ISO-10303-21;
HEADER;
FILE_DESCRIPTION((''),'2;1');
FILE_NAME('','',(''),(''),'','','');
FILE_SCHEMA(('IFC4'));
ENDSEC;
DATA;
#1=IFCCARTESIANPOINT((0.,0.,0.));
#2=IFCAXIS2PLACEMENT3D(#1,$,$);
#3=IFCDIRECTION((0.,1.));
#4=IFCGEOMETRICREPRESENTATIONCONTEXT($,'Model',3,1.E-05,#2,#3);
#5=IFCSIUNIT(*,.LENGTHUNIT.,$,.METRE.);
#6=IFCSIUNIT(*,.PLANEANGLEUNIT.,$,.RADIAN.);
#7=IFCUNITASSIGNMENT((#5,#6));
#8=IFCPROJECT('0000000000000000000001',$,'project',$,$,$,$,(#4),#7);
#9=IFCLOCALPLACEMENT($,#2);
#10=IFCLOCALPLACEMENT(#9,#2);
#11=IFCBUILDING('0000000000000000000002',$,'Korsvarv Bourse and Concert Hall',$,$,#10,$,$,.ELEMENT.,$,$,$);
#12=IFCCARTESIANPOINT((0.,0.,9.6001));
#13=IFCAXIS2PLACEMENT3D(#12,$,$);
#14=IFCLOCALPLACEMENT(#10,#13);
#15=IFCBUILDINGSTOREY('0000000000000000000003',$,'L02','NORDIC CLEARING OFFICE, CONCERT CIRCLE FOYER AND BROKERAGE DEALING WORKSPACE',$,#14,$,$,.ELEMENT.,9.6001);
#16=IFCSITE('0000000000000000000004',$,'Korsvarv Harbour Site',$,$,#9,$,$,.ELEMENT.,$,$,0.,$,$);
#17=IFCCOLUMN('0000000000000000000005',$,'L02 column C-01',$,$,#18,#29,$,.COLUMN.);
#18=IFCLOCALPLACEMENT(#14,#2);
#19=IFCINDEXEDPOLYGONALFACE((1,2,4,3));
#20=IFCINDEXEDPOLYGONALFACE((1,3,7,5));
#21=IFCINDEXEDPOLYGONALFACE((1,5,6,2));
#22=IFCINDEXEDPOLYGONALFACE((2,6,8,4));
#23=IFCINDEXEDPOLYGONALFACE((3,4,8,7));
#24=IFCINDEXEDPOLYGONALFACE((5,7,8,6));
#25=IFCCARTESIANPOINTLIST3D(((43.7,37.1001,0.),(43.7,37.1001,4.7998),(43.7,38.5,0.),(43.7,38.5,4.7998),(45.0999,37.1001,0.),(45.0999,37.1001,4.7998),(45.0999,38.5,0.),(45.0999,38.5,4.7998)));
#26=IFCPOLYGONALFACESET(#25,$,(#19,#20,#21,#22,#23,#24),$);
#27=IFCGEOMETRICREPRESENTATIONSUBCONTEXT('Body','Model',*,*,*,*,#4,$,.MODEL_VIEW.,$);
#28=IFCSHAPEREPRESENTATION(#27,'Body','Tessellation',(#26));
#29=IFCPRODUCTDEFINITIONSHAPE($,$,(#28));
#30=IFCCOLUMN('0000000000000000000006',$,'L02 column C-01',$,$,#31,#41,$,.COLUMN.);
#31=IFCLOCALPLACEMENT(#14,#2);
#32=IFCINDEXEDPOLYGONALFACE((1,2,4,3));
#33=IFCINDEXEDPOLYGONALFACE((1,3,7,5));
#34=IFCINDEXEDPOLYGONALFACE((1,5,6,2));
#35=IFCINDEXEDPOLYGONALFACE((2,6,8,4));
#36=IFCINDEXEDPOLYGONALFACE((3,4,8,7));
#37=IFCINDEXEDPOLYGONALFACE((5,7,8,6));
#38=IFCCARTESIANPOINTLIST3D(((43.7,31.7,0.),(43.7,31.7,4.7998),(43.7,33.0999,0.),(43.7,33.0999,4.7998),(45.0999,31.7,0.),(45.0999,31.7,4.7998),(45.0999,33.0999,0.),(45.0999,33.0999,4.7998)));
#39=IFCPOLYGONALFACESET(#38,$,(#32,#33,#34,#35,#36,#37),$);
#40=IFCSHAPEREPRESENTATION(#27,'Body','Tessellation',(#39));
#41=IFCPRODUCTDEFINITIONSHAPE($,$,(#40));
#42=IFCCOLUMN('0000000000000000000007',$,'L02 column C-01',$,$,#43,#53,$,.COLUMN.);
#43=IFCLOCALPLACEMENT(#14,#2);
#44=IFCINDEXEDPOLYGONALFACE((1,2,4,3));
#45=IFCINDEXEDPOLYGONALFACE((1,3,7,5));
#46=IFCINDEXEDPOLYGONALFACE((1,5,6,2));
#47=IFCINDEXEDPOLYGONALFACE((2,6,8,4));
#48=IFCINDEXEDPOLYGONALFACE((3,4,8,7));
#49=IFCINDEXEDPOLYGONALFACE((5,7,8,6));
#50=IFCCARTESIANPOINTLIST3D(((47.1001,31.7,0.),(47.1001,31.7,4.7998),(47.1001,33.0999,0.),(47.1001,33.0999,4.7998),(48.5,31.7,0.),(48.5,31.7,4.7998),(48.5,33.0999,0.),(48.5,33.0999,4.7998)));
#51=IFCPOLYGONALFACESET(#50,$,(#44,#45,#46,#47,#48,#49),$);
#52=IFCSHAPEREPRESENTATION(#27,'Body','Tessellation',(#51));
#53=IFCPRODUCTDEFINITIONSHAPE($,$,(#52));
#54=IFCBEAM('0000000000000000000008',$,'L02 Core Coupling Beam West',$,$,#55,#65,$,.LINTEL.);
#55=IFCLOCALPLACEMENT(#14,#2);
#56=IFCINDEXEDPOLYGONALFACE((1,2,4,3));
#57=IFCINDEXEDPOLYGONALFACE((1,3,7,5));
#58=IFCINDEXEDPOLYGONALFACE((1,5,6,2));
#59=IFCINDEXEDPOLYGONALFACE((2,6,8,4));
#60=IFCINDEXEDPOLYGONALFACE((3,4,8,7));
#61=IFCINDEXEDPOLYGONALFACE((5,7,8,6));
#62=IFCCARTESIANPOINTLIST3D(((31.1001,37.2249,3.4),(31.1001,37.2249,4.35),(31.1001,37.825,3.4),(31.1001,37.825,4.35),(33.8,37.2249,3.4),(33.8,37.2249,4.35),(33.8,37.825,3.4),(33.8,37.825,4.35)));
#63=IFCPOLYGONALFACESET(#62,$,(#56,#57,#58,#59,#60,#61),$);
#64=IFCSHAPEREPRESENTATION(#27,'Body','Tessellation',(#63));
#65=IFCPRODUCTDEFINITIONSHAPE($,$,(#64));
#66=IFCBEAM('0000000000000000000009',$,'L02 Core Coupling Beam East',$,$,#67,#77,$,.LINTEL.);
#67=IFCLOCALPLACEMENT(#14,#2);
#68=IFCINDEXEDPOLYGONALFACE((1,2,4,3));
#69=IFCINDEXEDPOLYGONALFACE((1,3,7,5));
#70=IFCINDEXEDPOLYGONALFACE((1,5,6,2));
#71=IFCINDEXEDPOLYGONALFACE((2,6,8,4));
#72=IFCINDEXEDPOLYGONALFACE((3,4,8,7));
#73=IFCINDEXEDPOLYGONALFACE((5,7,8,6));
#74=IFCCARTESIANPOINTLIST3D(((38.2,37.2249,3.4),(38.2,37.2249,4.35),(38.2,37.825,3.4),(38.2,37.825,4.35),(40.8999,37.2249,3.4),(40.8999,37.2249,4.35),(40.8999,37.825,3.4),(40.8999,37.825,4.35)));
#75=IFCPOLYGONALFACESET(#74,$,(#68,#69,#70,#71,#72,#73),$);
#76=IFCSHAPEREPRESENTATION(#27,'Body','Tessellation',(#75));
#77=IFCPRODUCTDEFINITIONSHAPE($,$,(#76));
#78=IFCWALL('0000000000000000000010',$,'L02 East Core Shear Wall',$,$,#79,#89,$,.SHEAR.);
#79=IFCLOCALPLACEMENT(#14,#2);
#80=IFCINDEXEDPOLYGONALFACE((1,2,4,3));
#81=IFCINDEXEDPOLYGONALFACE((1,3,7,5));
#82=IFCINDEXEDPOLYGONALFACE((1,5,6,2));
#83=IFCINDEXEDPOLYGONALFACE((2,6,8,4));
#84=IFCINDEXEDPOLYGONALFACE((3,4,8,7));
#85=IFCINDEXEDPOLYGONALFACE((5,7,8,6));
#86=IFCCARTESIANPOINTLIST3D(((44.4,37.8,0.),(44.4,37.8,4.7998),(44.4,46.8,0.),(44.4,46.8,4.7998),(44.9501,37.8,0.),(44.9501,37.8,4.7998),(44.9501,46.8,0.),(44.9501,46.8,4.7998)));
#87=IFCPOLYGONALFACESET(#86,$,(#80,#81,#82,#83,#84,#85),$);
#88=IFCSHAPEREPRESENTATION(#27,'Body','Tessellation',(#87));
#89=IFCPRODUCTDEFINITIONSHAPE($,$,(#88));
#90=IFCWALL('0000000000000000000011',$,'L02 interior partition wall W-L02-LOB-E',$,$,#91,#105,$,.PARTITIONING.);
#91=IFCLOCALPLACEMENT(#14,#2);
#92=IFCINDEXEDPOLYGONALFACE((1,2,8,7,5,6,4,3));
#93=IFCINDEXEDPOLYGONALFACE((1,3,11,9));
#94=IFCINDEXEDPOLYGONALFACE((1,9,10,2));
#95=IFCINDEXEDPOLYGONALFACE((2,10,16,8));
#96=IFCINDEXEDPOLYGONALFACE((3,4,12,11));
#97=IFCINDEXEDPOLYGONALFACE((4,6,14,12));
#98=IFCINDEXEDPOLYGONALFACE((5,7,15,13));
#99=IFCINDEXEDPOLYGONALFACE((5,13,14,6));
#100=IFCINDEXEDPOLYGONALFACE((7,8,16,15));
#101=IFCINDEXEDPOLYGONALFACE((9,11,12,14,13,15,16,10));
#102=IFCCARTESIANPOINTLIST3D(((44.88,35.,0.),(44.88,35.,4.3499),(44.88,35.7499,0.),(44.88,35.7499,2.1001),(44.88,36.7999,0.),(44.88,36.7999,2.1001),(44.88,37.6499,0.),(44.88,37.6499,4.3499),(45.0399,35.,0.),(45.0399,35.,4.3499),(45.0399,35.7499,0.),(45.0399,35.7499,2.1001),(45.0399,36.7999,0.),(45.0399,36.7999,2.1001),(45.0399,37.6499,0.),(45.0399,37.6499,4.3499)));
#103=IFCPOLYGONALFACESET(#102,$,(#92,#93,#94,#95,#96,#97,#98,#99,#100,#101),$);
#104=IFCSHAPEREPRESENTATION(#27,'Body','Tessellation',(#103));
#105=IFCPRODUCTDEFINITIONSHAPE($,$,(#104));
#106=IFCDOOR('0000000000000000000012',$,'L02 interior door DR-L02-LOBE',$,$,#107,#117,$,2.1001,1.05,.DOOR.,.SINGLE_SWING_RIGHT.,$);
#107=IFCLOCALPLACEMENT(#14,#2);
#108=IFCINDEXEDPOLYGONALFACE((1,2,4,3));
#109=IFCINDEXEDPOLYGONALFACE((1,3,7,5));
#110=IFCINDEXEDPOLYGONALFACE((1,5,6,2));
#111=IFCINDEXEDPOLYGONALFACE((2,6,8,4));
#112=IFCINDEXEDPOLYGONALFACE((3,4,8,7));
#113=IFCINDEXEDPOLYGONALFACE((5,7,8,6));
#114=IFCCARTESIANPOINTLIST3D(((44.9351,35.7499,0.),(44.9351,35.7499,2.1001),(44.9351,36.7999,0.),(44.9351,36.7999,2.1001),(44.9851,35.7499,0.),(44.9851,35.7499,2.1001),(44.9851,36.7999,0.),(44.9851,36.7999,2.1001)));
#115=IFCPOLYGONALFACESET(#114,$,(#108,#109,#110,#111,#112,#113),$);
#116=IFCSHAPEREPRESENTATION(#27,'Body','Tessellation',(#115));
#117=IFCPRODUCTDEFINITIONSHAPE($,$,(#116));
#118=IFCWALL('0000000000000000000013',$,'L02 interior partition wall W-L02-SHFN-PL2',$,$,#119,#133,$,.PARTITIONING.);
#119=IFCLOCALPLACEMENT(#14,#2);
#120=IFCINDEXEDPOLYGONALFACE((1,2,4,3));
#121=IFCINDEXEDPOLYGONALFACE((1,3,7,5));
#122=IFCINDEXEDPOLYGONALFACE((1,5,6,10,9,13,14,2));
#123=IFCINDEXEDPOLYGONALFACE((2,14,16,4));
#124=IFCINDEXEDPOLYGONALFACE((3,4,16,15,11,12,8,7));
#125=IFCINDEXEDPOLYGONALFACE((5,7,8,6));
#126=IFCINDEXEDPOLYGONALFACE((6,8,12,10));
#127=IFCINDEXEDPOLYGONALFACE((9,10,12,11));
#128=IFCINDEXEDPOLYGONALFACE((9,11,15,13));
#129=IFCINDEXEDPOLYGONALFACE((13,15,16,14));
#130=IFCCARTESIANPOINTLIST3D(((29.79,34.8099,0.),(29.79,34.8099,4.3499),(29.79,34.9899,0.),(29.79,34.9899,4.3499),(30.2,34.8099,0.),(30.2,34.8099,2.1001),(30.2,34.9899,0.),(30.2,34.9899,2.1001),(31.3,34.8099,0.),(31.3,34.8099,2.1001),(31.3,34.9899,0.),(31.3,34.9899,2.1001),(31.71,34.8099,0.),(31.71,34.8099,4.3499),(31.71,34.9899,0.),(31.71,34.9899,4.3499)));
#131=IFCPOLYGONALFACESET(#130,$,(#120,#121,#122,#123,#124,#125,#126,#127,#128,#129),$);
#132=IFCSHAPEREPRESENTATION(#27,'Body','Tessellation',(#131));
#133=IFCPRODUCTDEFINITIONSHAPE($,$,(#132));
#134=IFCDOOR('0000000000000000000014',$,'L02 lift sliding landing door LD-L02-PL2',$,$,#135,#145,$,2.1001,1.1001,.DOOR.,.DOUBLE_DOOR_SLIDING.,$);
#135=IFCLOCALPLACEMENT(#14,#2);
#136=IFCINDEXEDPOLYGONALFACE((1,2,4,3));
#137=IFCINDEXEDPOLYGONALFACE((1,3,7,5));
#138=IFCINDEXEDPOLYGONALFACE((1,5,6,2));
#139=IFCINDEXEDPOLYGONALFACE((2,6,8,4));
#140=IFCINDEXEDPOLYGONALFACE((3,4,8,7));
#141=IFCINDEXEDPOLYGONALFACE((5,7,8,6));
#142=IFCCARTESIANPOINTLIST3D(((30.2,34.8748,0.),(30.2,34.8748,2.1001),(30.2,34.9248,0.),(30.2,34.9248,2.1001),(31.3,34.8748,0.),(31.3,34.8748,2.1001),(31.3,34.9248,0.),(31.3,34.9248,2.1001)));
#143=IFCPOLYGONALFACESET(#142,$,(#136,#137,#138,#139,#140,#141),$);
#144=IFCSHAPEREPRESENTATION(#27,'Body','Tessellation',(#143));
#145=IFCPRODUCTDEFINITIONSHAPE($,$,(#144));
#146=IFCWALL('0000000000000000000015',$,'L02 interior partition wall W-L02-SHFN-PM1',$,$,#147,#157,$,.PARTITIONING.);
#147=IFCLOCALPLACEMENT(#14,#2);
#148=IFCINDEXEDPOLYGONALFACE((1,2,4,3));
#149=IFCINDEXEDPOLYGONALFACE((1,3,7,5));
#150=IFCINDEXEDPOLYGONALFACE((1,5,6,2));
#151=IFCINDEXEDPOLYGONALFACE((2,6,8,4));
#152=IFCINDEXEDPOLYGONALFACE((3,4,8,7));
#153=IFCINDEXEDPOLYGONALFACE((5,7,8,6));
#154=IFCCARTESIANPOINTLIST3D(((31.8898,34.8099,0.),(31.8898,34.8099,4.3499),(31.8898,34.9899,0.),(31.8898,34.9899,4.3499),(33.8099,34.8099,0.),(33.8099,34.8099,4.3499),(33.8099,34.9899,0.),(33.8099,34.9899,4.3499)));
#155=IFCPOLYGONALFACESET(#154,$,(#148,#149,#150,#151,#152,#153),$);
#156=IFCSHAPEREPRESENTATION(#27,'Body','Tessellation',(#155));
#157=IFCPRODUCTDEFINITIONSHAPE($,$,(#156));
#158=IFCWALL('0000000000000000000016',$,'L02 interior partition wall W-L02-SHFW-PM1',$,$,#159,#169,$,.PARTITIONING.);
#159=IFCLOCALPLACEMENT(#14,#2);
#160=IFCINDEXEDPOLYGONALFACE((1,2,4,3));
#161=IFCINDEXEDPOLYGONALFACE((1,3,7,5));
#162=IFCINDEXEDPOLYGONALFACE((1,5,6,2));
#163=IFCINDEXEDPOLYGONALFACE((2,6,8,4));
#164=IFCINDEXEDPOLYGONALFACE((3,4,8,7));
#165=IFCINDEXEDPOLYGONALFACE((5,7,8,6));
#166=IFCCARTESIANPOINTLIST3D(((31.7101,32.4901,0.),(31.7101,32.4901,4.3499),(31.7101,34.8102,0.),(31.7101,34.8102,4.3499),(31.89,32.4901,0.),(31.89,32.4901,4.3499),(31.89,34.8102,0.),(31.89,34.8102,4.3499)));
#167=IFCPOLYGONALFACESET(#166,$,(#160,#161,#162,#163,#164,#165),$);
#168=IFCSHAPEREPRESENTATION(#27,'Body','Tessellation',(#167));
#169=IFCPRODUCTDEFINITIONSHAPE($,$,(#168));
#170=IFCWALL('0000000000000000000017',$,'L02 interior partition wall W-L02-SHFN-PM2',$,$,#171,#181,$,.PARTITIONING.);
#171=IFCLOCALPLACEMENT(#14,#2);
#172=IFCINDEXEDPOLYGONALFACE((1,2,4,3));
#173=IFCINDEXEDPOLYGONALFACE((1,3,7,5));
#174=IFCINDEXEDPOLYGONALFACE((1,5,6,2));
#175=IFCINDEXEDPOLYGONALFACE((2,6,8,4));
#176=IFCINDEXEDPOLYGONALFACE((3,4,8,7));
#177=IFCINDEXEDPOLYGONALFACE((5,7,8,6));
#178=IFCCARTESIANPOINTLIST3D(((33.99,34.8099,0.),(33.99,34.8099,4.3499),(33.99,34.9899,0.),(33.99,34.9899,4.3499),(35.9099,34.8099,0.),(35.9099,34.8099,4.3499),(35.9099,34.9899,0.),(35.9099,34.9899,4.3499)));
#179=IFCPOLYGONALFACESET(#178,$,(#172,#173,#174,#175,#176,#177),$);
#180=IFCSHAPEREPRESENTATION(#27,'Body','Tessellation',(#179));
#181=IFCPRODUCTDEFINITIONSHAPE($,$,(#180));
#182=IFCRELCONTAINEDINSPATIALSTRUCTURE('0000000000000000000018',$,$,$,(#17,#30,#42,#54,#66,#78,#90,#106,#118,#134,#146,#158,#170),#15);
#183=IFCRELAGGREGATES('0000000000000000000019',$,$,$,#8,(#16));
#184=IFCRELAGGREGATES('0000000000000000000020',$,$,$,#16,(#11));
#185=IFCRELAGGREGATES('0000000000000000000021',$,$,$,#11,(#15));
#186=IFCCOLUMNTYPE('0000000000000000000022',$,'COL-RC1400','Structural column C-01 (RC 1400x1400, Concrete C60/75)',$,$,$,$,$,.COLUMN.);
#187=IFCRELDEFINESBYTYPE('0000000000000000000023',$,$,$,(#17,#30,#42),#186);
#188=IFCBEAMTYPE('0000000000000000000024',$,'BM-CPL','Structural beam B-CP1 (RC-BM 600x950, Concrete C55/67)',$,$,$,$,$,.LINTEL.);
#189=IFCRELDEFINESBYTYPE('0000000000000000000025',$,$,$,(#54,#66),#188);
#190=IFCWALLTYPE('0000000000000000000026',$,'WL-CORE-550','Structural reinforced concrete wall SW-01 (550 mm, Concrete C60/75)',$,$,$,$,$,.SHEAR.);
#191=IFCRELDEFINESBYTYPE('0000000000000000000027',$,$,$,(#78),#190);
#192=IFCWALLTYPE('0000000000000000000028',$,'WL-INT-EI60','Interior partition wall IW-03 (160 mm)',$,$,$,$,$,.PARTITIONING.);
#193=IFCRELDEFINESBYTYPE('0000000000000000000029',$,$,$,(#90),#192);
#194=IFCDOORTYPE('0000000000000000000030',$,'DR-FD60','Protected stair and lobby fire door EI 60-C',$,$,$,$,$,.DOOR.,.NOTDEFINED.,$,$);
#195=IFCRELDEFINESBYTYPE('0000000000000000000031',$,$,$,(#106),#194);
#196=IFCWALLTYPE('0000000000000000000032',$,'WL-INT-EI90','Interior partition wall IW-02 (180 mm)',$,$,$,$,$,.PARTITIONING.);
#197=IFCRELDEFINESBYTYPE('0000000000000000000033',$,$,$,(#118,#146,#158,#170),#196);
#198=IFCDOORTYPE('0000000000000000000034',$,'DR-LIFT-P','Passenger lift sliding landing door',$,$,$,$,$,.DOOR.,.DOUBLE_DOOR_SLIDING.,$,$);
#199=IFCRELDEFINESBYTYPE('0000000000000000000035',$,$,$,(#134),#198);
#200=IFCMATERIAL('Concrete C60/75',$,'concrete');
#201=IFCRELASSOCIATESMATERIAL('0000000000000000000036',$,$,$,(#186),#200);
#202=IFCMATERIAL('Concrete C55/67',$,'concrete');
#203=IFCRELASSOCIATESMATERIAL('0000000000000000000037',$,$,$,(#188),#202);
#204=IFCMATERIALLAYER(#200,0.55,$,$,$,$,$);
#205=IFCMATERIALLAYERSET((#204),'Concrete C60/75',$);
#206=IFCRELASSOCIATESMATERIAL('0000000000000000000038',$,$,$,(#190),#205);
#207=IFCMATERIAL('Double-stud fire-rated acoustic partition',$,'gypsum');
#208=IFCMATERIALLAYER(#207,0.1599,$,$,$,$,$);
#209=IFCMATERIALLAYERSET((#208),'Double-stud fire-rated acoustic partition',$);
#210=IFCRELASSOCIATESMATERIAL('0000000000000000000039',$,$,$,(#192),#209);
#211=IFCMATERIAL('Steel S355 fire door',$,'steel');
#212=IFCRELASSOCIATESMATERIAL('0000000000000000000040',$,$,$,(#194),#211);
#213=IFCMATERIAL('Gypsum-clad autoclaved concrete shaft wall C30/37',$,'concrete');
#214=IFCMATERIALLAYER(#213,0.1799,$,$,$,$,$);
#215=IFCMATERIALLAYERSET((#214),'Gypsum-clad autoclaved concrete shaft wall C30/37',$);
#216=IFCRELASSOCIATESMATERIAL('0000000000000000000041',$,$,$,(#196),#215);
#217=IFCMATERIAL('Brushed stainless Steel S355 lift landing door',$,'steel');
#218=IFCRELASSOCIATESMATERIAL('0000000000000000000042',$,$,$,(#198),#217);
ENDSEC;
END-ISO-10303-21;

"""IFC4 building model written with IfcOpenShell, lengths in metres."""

from ifc_helpers import new_model, si_unit, direction, frame, frame_2d, origin, origin_2d, place, context, subcontext, project, spatial, rectangle, extrude, source, transform, mapped, material, layer, layer_set, material_profile, profile_set, type_object, element, fill, save


model = new_model("IFC4")

# Units and contexts
model_context = context("Model", 3, precision=1e-05, world=origin(), true_north=direction((0.0, 1.0)))
body_context = subcontext(model_context, "Body", "Model", "MODEL_VIEW")
ifc_project = project(units=[si_unit("LENGTHUNIT", "METRE"), si_unit("PLANEANGLEUNIT", "RADIAN")], contexts=[model_context])

# Site, building, storey
site_placement = place(None, origin())
site = spatial("IfcSite", under=ifc_project, at=site_placement, Name="Korsvarv Harbour Site", CompositionType="ELEMENT", RefElevation=0.0)
building_placement = place(site_placement, origin())
building = spatial("IfcBuilding", under=site, at=building_placement, Name="Korsvarv Bourse and Concert Hall", CompositionType="ELEMENT")
storey_placement = place(building_placement, frame((0.0, 0.0, 9.6001)))
storey = spatial("IfcBuildingStorey", under=building, at=storey_placement, Name="L02", Description="NORDIC CLEARING OFFICE, CONCERT CIRCLE FOYER AND BROKERAGE DEALING WORKSPACE", CompositionType="ELEMENT", Elevation=9.6001)

# Columns
ifc_material_1 = material(Name="Concrete C60/75", Category="concrete")
ifc_material_profile_1 = material_profile(ifc_material_1, rectangle(XDim=1.3999, YDim=1.3999, at=origin_2d()), Name="RC 1400x1400")
ifc_profile_set_1 = profile_set([ifc_material_profile_1], Name="Concrete C60/75")
column_type = type_object("IfcColumnType", Name="COL-RC1400", Description="Structural column C-01 (RC 1400x1400, Concrete C60/75)", PredefinedType="COLUMN", material=ifc_profile_set_1)
shared_shape_1 = source(origin(), body_context, "Body", "SweptSolid", [
    extrude(rectangle(XDim=1.3999, YDim=1.3999, at=origin_2d()), origin(), (0.0, 0.0, 1.0), 4.7998),
])
for number, where, z_axis, x_axis, name in (
    (1, (44.3999, 37.8, 0.0), (0.0, 0.0, 1.0), (1.0, 0.0, 0.0), "L02 column C-01"),
    (2, (44.3999, 32.3999, 0.0), (0.0, 0.0, 1.0), (1.0, 0.0, 0.0), "L02 column C-01"),
    (3, (47.8, 32.3999, 0.0), (0.0, 0.0, 1.0), (1.0, 0.0, 0.0), "L02 column C-01"),
):
    element("IfcColumn", number, at=place(storey_placement, frame(where, z_axis=z_axis, x_axis=x_axis)), inside=storey, type_object=column_type, Name=name, PredefinedType="COLUMN", context=body_context, shape_type="MappedRepresentation", body=[
        mapped(shared_shape_1, transform((0.0, 0.0, 0.0), scale=1.0)),
    ])

# Beams
ifc_material_2 = material(Name="Concrete C55/67", Category="concrete")
ifc_material_profile_2 = material_profile(ifc_material_2, rectangle(XDim=0.6001, YDim=0.95, at=origin_2d()), Name="RC-BM 600x950")
ifc_profile_set_2 = profile_set([ifc_material_profile_2], Name="Concrete C55/67")
beam_type = type_object("IfcBeamType", Name="BM-CPL", Description="Structural beam B-CP1 (RC-BM 600x950, Concrete C55/67)", PredefinedType="LINTEL", material=ifc_profile_set_2)
shared_shape_2 = source(origin(), body_context, "Body", "SweptSolid", [
    extrude(rectangle(XDim=0.6001, YDim=0.95, at=origin_2d()), origin(), (0.0, 0.0, 1.0), 2.7),
])
for number, where, z_axis, x_axis, name in (
    (4, (31.1001, 37.5249, 3.875), (1.0, 0.0, 0.0), (0.0, 1.0, 0.0), "L02 Core Coupling Beam West"),
    (5, (38.2, 37.5249, 3.875), (1.0, 0.0, 0.0), (0.0, 1.0, 0.0), "L02 Core Coupling Beam East"),
):
    element("IfcBeam", number, at=place(storey_placement, frame(where, z_axis=z_axis, x_axis=x_axis)), inside=storey, type_object=beam_type, Name=name, PredefinedType="LINTEL", context=body_context, shape_type="MappedRepresentation", body=[
        mapped(shared_shape_2, transform((0.0, 0.0, 0.0), scale=1.0)),
    ])

# Wall
ifc_layer_1 = layer(ifc_material_1, 0.55)
ifc_layer_set_1 = layer_set([ifc_layer_1], Name="Concrete C60/75")
wall_type_1 = type_object("IfcWallType", Name="WL-CORE-550", Description="Structural reinforced concrete wall SW-01 (550 mm, Concrete C60/75)", PredefinedType="SHEAR", material=ifc_layer_set_1)
wall_1_placement = place(storey_placement, frame((44.675, 37.8, 0.0), z_axis=(0.0, 0.0, 1.0), x_axis=(0.0, 1.0, 0.0)))
element("IfcWall", 6, at=wall_1_placement, inside=storey, type_object=wall_type_1, Name="L02 East Core Shear Wall", PredefinedType="SHEAR", context=body_context, shape_type="SweptSolid", body=[
    extrude(rectangle(XDim=9.0, YDim=0.55, at=frame_2d((4.5, 0.0))), origin(), (0.0, 0.0, 1.0), 4.7998),
])

# Walls, openings, doors
ifc_material_3 = material(Name="Double-stud fire-rated acoustic partition", Category="gypsum")
ifc_layer_2 = layer(ifc_material_3, 0.1599)
ifc_layer_set_2 = layer_set([ifc_layer_2], Name="Double-stud fire-rated acoustic partition")
wall_type_2 = type_object("IfcWallType", Name="WL-INT-EI60", Description="Interior partition wall IW-03 (160 mm)", PredefinedType="PARTITIONING", material=ifc_layer_set_2)
wall_2_placement = place(storey_placement, frame((44.96, 35.0, 0.0), z_axis=(0.0, 0.0, 1.0), x_axis=(0.0, 1.0, 0.0)))
wall_2 = element("IfcWall", 7, at=wall_2_placement, inside=storey, type_object=wall_type_2, Name="L02 interior partition wall W-L02-LOB-E", PredefinedType="PARTITIONING", context=body_context, shape_type="SweptSolid", body=[
    extrude(rectangle(XDim=2.6499, YDim=0.1599, at=frame_2d((1.325, 0.0))), origin(), (0.0, 0.0, 1.0), 4.3499),
])
opening_1_placement = place(wall_2_placement, frame((0.75, 0.0, 0.0)))
opening_1 = element("IfcOpeningElement", 8, at=opening_1_placement, cuts=wall_2, PredefinedType="OPENING", context=body_context, shape_type="SweptSolid", body=[
    extrude(rectangle(XDim=1.05, YDim=2.1001, at=frame_2d((0.5249, 1.05))), frame((0.0, 0.0898, 0.0), z_axis=(0.0, -1.0, 0.0), x_axis=(1.0, 0.0, 0.0)), (0.0, 0.0, 1.0), 0.1799),
])
ifc_material_4 = material(Name="Steel S355 fire door", Category="steel")
door_type_1 = type_object("IfcDoorType", Name="DR-FD60", Description="Protected stair and lobby fire door EI 60-C", OperationType="NOTDEFINED", PredefinedType="DOOR", material=ifc_material_4)
door_1_placement = place(opening_1_placement, origin())
door_1 = element("IfcDoor", 9, at=door_1_placement, inside=storey, type_object=door_type_1, Name="L02 interior door DR-L02-LOBE", OperationType="SINGLE_SWING_RIGHT", OverallHeight=2.1001, OverallWidth=1.05, PredefinedType="DOOR", context=body_context, shape_type="SweptSolid", body=[
    extrude(rectangle(XDim=1.05, YDim=2.1001, at=frame_2d((0.5249, 1.05))), frame((0.0, 0.0249, 0.0), z_axis=(0.0, -1.0, 0.0), x_axis=(1.0, 0.0, 0.0)), (0.0, 0.0, 1.0), 0.05),
])
fill(opening_1, door_1)
ifc_material_5 = material(Name="Gypsum-clad autoclaved concrete shaft wall C30/37", Category="concrete")
ifc_layer_3 = layer(ifc_material_5, 0.1799)
ifc_layer_set_3 = layer_set([ifc_layer_3], Name="Gypsum-clad autoclaved concrete shaft wall C30/37")
wall_type_3 = type_object("IfcWallType", Name="WL-INT-EI90", Description="Interior partition wall IW-02 (180 mm)", PredefinedType="PARTITIONING", material=ifc_layer_set_3)
wall_3_placement = place(storey_placement, frame((29.79, 34.8999, 0.0), z_axis=(0.0, 0.0, 1.0), x_axis=(1.0, 0.0, 0.0)))
wall_3 = element("IfcWall", 10, at=wall_3_placement, inside=storey, type_object=wall_type_3, Name="L02 interior partition wall W-L02-SHFN-PL2", PredefinedType="PARTITIONING", context=body_context, shape_type="SweptSolid", body=[
    extrude(rectangle(XDim=1.9199, YDim=0.1799, at=frame_2d((0.96, 0.0))), origin(), (0.0, 0.0, 1.0), 4.3499),
])
opening_2_placement = place(wall_3_placement, frame((0.4099, 0.0, 0.0)))
opening_2 = element("IfcOpeningElement", 11, at=opening_2_placement, cuts=wall_3, PredefinedType="OPENING", context=body_context, shape_type="SweptSolid", body=[
    extrude(rectangle(XDim=1.1001, YDim=2.1001, at=frame_2d((0.55, 1.05))), frame((0.0, 0.1001, 0.0), z_axis=(0.0, -1.0, 0.0), x_axis=(1.0, 0.0, 0.0)), (0.0, 0.0, 1.0), 0.2),
])
ifc_material_6 = material(Name="Brushed stainless Steel S355 lift landing door", Category="steel")
door_type_2 = type_object("IfcDoorType", Name="DR-LIFT-P", Description="Passenger lift sliding landing door", OperationType="DOUBLE_DOOR_SLIDING", PredefinedType="DOOR", material=ifc_material_6)
door_2_placement = place(opening_2_placement, origin())
door_2 = element("IfcDoor", 12, at=door_2_placement, inside=storey, type_object=door_type_2, Name="L02 lift sliding landing door LD-L02-PL2", OperationType="DOUBLE_DOOR_SLIDING", OverallHeight=2.1001, OverallWidth=1.1001, PredefinedType="DOOR", context=body_context, shape_type="SweptSolid", body=[
    extrude(rectangle(XDim=1.1001, YDim=2.1001, at=frame_2d((0.55, 1.05))), frame((0.0, 0.0249, 0.0), z_axis=(0.0, -1.0, 0.0), x_axis=(1.0, 0.0, 0.0)), (0.0, 0.0, 1.0), 0.05),
])
fill(opening_2, door_2)

# Walls
wall_4_placement = place(storey_placement, frame((31.8899, 34.8999, 0.0), z_axis=(0.0, 0.0, 1.0), x_axis=(1.0, 0.0, 0.0)))
element("IfcWall", 13, at=wall_4_placement, inside=storey, type_object=wall_type_3, Name="L02 interior partition wall W-L02-SHFN-PM1", PredefinedType="PARTITIONING", context=body_context, shape_type="SweptSolid", body=[
    extrude(rectangle(XDim=1.9202, YDim=0.1799, at=frame_2d((0.96, 0.0))), origin(), (0.0, 0.0, 1.0), 4.3499),
])
wall_5_placement = place(storey_placement, frame((31.8, 32.49, 0.0), z_axis=(0.0, 0.0, 1.0), x_axis=(0.0, 1.0, 0.0)))
element("IfcWall", 14, at=wall_5_placement, inside=storey, type_object=wall_type_3, Name="L02 interior partition wall W-L02-SHFW-PM1", PredefinedType="PARTITIONING", context=body_context, shape_type="SweptSolid", body=[
    extrude(rectangle(XDim=2.3201, YDim=0.1799, at=frame_2d((1.1602, 0.0))), origin(), (0.0, 0.0, 1.0), 4.3499),
])
wall_6_placement = place(storey_placement, frame((33.99, 34.8999, 0.0), z_axis=(0.0, 0.0, 1.0), x_axis=(1.0, 0.0, 0.0)))
element("IfcWall", 15, at=wall_6_placement, inside=storey, type_object=wall_type_3, Name="L02 interior partition wall W-L02-SHFN-PM2", PredefinedType="PARTITIONING", context=body_context, shape_type="SweptSolid", body=[
    extrude(rectangle(XDim=1.9199, YDim=0.1799, at=frame_2d((0.96, 0.0))), origin(), (0.0, 0.0, 1.0), 4.3499),
])

save(model, "model.ifc")
